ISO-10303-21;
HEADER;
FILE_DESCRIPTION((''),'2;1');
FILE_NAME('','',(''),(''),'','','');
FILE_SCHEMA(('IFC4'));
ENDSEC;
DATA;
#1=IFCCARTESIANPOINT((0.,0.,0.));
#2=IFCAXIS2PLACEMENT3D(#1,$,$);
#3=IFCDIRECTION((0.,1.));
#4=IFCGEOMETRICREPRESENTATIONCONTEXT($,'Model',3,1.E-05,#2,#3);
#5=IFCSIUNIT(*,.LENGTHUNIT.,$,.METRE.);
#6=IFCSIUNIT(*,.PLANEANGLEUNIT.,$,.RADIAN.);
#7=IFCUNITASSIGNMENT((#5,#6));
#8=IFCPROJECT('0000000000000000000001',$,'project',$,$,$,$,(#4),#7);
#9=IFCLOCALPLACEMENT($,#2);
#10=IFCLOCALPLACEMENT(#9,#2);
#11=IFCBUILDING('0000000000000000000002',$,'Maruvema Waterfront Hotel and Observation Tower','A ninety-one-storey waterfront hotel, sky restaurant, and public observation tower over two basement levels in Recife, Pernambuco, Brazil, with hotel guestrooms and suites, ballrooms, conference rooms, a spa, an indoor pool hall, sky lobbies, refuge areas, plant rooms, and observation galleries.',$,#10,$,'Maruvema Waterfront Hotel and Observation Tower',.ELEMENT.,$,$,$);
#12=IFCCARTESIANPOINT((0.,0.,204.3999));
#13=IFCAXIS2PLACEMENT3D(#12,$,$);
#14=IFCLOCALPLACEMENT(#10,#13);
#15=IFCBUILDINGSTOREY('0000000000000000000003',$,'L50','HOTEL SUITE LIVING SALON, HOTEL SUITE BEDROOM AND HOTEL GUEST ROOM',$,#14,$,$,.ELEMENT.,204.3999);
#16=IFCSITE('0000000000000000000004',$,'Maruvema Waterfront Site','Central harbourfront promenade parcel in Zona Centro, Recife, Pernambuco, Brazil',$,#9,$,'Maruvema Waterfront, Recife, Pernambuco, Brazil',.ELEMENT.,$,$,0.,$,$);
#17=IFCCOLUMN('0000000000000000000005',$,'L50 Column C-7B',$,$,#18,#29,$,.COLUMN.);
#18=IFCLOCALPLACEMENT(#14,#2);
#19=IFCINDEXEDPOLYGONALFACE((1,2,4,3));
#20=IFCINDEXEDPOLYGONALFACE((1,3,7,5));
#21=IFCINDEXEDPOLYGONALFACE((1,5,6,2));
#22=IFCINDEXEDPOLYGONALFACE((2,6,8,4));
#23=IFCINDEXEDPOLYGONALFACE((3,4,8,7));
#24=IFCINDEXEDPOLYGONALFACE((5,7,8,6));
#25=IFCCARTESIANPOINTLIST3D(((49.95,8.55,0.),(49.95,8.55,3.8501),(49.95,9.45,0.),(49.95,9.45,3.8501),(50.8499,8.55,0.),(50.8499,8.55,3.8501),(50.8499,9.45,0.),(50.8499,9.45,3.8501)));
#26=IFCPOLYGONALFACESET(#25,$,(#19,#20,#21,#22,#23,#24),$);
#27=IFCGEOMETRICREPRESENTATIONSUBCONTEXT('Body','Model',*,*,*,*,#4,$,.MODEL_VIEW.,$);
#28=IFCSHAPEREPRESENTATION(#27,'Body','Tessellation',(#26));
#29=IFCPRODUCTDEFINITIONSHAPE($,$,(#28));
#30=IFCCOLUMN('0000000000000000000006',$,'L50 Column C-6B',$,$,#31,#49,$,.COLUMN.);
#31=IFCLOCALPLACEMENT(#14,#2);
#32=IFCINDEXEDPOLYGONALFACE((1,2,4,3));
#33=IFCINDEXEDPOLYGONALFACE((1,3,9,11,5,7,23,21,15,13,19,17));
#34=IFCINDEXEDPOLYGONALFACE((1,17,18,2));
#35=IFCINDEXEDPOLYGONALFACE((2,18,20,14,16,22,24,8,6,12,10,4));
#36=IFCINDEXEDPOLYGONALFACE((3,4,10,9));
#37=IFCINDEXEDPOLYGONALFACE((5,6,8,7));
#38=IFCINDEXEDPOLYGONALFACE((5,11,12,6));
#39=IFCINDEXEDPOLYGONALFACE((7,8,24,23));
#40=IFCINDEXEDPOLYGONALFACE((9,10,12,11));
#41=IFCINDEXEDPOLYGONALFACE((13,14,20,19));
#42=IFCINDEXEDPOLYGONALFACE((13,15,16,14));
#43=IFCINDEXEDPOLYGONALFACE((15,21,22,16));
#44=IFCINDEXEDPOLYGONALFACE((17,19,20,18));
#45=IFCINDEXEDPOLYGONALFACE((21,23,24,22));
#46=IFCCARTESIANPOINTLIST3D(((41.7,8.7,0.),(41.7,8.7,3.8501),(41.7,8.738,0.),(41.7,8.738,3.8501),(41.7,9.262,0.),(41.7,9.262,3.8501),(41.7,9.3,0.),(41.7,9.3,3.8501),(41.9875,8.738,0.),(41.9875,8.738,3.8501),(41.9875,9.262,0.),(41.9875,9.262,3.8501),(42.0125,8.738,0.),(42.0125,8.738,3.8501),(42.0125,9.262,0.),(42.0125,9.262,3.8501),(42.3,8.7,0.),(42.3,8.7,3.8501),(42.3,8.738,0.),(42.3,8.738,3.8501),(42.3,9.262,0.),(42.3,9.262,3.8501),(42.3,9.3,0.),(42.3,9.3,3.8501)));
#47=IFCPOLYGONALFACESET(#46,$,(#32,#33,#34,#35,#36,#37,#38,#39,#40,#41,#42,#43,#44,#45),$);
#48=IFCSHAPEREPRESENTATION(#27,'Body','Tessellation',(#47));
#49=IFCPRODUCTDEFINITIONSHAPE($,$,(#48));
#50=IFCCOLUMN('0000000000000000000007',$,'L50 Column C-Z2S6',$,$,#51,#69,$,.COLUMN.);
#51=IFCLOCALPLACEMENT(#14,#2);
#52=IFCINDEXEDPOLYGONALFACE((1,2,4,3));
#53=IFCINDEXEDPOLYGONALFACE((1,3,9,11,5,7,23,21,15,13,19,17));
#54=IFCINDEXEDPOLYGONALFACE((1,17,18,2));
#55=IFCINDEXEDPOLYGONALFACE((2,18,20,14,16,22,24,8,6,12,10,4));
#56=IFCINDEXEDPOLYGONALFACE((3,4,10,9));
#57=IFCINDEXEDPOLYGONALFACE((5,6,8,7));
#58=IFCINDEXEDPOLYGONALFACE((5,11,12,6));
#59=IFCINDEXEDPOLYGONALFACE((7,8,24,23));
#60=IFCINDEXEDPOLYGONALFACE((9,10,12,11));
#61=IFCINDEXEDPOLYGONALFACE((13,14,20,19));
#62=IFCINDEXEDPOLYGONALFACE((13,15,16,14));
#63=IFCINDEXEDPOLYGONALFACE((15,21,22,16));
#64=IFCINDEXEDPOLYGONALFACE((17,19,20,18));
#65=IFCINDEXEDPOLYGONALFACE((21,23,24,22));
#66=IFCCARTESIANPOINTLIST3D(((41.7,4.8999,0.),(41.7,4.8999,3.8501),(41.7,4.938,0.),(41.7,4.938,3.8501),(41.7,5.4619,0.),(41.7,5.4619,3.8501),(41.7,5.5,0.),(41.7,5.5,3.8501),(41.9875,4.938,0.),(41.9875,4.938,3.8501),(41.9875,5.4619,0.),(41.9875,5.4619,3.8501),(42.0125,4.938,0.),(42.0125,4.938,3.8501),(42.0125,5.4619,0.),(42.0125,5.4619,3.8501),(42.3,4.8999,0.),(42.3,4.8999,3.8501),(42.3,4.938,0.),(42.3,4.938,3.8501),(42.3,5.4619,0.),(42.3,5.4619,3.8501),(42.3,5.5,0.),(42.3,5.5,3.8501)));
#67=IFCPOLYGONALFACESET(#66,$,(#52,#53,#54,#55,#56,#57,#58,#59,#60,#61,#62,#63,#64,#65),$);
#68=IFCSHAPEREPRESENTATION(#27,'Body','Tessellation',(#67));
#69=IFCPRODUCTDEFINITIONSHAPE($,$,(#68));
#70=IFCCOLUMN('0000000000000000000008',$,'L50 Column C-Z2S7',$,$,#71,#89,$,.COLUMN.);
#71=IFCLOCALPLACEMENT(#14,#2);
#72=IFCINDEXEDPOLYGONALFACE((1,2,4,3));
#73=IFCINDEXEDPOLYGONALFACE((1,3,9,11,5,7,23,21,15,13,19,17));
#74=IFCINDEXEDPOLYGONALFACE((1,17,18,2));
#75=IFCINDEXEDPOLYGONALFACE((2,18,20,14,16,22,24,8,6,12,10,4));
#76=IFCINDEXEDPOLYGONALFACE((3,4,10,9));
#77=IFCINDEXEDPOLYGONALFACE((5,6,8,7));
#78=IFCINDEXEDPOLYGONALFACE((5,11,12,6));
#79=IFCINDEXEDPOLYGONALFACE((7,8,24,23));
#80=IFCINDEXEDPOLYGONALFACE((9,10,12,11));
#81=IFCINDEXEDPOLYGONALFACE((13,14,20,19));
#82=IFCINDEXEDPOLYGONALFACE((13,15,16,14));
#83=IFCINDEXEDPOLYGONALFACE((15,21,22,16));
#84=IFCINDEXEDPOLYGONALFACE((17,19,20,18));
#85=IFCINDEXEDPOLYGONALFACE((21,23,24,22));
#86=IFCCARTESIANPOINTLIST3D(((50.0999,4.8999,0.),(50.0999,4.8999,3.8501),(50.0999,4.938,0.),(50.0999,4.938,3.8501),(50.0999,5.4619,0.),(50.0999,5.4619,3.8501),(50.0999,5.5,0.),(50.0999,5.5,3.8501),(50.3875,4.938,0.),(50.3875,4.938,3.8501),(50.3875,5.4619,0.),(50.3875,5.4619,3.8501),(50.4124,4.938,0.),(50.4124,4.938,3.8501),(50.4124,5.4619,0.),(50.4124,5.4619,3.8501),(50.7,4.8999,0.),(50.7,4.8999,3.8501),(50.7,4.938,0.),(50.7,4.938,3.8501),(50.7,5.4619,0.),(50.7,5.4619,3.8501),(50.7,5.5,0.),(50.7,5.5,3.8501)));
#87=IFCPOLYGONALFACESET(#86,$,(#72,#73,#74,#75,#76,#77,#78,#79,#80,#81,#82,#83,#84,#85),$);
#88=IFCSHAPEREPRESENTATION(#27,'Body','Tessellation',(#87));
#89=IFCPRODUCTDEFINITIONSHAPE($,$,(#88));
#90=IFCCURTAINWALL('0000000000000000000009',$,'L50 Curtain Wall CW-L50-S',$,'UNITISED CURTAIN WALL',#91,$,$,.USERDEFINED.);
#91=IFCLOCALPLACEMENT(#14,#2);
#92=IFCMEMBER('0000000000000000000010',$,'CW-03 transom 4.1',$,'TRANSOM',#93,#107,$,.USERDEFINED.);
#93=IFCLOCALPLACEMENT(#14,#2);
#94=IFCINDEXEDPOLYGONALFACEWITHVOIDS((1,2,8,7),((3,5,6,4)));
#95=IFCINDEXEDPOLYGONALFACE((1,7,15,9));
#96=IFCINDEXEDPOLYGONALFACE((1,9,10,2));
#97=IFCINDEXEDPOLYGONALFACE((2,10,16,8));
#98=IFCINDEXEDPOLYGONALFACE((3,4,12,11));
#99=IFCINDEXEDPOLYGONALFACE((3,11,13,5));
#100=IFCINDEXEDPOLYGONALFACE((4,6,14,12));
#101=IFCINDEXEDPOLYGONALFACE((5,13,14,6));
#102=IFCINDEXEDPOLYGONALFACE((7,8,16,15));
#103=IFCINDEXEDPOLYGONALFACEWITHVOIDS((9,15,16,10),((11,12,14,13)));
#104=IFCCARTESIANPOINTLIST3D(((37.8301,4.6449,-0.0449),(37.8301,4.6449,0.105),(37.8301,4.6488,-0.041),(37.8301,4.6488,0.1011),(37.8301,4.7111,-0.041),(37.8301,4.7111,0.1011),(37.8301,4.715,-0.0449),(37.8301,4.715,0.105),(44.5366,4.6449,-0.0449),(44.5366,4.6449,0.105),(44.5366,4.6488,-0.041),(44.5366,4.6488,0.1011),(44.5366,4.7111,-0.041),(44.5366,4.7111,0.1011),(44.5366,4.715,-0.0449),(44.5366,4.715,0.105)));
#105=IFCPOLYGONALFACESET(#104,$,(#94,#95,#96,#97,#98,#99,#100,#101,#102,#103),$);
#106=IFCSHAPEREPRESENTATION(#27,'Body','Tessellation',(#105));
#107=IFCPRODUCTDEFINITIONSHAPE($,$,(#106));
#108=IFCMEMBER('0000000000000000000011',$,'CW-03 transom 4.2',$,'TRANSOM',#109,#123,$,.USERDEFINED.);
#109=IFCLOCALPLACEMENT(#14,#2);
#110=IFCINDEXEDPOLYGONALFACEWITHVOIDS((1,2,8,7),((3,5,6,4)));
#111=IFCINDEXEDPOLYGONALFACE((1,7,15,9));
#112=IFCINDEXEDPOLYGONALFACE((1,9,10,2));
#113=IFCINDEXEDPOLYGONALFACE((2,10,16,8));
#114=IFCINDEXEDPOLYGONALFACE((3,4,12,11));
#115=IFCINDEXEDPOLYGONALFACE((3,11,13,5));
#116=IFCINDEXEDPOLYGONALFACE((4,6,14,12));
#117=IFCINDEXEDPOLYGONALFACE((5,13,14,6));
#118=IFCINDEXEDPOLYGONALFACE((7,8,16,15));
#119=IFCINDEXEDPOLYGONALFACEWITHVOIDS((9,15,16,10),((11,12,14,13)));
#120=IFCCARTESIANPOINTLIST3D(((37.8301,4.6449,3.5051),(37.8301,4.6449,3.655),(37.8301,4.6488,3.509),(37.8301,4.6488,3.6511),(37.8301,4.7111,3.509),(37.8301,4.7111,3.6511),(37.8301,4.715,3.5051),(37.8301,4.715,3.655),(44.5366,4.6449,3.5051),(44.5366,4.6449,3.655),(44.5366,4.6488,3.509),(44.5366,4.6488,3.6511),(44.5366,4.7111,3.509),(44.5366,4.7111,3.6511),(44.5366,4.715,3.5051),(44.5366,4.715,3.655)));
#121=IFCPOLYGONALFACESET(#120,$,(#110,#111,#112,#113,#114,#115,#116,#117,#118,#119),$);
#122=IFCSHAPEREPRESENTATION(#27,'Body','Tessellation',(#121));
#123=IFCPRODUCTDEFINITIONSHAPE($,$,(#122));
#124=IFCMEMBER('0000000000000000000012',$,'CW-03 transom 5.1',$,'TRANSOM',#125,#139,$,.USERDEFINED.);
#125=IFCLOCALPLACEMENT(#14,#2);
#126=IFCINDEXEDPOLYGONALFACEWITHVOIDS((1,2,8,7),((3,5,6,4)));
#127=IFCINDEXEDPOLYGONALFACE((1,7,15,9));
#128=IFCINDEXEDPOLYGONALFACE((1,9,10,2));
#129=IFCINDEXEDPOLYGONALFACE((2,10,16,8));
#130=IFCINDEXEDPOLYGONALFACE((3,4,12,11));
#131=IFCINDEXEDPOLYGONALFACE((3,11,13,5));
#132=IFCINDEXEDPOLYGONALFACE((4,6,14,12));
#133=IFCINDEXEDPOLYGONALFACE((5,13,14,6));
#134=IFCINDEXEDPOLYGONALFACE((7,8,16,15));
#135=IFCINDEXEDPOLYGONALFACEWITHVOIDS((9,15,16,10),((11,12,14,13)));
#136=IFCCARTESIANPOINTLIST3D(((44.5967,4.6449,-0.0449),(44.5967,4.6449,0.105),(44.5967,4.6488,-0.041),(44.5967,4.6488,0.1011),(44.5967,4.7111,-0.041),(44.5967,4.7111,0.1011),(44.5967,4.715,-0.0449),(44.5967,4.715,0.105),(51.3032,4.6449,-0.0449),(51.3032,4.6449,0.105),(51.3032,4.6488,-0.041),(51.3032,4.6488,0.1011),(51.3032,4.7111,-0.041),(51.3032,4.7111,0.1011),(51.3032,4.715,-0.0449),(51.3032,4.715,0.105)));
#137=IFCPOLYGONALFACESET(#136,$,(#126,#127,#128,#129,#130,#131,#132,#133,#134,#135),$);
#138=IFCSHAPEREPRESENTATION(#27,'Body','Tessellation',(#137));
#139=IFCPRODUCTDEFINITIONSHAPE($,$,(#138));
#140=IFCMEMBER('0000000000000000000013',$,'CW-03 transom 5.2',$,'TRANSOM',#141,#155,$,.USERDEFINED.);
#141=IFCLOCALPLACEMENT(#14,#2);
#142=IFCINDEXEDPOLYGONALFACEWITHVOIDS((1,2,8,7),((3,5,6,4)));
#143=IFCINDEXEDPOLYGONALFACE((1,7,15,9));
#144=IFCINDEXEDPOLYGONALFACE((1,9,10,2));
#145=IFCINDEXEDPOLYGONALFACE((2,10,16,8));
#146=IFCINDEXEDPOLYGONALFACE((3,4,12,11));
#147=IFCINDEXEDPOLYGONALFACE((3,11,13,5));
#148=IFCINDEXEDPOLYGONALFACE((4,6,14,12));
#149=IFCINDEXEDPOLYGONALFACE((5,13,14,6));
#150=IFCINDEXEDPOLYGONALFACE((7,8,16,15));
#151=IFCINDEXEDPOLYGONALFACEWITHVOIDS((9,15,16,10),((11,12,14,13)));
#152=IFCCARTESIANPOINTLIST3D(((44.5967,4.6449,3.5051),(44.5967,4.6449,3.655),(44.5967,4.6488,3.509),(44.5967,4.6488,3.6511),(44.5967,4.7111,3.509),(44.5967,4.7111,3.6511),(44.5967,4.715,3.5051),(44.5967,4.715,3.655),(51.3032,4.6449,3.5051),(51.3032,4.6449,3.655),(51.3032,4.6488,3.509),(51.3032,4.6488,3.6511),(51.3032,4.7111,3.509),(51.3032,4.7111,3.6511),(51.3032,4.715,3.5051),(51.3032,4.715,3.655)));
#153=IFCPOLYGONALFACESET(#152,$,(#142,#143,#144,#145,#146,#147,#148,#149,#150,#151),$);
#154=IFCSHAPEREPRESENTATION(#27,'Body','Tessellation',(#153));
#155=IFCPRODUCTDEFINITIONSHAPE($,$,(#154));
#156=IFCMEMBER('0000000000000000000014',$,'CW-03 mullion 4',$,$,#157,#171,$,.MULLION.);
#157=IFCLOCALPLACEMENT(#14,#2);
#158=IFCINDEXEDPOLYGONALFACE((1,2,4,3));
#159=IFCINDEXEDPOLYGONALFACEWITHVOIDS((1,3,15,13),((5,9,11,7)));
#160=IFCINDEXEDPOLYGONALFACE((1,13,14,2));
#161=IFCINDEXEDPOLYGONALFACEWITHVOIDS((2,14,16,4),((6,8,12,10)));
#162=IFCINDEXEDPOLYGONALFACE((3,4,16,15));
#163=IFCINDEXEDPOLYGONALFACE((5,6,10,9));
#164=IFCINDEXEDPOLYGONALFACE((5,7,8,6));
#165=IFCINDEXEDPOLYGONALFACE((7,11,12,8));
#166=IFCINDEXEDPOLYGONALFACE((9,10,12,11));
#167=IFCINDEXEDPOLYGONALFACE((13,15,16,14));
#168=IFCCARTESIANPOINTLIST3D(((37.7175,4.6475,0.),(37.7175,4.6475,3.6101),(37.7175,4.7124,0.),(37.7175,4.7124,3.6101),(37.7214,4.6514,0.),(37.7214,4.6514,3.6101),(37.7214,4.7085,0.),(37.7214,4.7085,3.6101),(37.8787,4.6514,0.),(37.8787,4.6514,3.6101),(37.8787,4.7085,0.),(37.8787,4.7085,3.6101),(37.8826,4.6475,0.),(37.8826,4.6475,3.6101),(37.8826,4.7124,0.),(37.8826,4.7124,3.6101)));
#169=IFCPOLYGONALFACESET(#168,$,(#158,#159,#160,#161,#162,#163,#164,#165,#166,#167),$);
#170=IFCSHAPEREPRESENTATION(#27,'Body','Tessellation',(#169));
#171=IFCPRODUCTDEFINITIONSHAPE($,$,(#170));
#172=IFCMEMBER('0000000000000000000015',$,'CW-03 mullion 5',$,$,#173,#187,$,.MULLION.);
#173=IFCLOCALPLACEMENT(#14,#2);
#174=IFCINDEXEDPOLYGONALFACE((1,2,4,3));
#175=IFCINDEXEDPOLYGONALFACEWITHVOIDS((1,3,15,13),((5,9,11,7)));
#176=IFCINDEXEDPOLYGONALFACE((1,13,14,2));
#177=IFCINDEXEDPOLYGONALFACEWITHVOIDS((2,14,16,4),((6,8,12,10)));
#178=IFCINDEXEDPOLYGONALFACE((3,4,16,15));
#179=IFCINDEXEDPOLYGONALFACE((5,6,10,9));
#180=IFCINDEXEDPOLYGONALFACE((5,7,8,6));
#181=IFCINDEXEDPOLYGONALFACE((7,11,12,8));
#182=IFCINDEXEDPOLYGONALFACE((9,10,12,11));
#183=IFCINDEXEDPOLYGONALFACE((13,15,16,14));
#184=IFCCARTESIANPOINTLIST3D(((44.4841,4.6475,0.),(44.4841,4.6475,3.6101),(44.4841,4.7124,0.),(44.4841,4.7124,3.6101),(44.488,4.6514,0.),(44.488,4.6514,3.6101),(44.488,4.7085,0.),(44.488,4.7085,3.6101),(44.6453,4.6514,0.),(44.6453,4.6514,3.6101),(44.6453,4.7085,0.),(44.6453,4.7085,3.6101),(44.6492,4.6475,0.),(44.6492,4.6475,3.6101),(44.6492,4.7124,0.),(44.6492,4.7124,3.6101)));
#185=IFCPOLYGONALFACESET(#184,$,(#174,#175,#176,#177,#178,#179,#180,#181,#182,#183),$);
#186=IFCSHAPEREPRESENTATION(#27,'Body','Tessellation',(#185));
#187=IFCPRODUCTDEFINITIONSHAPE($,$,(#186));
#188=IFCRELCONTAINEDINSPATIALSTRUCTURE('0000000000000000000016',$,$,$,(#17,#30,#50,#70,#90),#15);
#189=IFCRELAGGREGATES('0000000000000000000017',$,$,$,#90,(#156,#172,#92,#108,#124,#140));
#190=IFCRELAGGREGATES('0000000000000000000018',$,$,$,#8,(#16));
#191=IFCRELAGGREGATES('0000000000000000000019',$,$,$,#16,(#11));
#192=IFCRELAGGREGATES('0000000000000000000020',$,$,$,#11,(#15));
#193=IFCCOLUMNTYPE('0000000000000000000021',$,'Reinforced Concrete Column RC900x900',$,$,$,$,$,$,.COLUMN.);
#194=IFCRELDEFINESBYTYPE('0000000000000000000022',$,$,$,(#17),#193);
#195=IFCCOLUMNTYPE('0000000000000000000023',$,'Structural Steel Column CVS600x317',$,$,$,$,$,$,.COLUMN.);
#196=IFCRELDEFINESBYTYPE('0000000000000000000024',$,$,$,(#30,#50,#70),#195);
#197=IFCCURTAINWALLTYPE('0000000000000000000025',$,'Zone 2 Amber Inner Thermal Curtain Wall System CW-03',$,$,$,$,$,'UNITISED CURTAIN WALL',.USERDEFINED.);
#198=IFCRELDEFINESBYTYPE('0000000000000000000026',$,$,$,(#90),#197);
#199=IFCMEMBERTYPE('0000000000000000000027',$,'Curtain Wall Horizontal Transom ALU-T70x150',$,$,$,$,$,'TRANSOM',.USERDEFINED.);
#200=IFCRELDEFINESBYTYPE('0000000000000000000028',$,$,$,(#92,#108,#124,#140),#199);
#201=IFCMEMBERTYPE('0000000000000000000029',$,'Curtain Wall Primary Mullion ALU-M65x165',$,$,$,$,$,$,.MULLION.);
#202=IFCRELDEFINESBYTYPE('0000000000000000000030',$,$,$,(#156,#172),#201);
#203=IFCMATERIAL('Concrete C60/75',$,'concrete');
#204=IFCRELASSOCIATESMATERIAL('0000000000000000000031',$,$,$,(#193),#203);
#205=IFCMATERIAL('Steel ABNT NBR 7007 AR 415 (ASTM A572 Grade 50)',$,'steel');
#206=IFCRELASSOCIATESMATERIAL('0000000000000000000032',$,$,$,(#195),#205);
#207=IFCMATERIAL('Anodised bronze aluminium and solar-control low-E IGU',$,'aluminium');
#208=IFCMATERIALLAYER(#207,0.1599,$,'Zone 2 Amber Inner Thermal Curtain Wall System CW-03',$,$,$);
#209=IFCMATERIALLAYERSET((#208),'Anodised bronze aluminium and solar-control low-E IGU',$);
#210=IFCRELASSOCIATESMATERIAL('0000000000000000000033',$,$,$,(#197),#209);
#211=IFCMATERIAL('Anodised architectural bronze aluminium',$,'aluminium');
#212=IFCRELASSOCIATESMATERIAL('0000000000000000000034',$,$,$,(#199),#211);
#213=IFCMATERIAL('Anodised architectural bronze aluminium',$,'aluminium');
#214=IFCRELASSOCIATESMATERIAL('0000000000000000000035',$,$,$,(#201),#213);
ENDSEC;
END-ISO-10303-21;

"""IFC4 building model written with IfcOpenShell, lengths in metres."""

from ifc_helpers import new_model, si_unit, direction, frame, origin, origin_2d, place, context, subcontext, project, spatial, rectangle, hollow_rectangle, i_section, extrude, material, layer, layer_set, material_profile, profile_set, type_object, element, aggregate, save


model = new_model("IFC4")

# Units and contexts
model_context = context("Model", 3, precision=1e-05, world=origin(), true_north=direction((0.0, 1.0)))
body_context = subcontext(model_context, "Body", "Model", "MODEL_VIEW")
ifc_project = project(units=[si_unit("LENGTHUNIT", "METRE"), si_unit("PLANEANGLEUNIT", "RADIAN")], contexts=[model_context])

# Site, building, storey
site_placement = place(None, origin())
site = spatial("IfcSite", under=ifc_project, at=site_placement, Name="Maruvema Waterfront Site", Description="Central harbourfront promenade parcel in Zona Centro, Recife, Pernambuco, Brazil", LongName="Maruvema Waterfront, Recife, Pernambuco, Brazil", CompositionType="ELEMENT", RefElevation=0.0)
building_placement = place(site_placement, origin())
building = spatial("IfcBuilding", under=site, at=building_placement, Name="Maruvema Waterfront Hotel and Observation Tower", Description="A ninety-one-storey waterfront hotel, sky restaurant, and public observation tower over two basement levels in Recife, Pernambuco, Brazil, with hotel guestrooms and suites, ballrooms, conference rooms, a spa, an indoor pool hall, sky lobbies, refuge areas, plant rooms, and observation galleries.", LongName="Maruvema Waterfront Hotel and Observation Tower", CompositionType="ELEMENT")
storey_placement = place(building_placement, frame((0.0, 0.0, 204.3999)))
storey = spatial("IfcBuildingStorey", under=building, at=storey_placement, Name="L50", Description="HOTEL SUITE LIVING SALON, HOTEL SUITE BEDROOM AND HOTEL GUEST ROOM", CompositionType="ELEMENT", Elevation=204.3999)

# Columns
ifc_material_1 = material(Name="Concrete C60/75", Category="concrete")
ifc_material_profile_1 = material_profile(ifc_material_1, rectangle(XDim=0.8999, YDim=0.8999, at=origin_2d()), Name="RC900x900")
ifc_profile_set_1 = profile_set([ifc_material_profile_1], Name="Concrete C60/75")
column_type_1 = type_object("IfcColumnType", Name="Reinforced Concrete Column RC900x900", PredefinedType="COLUMN", material=ifc_profile_set_1)
column_placement = place(storey_placement, frame((50.3999, 9.0, 0.0), z_axis=(0.0, 0.0, 1.0), x_axis=(1.0, 0.0, 0.0)))
element("IfcColumn", 1, at=column_placement, inside=storey, type_object=column_type_1, Name="L50 Column C-7B", PredefinedType="COLUMN", context=body_context, shape_type="SweptSolid", body=[
    extrude(rectangle(XDim=0.8999, YDim=0.8999, at=origin_2d()), origin(), (0.0, 0.0, 1.0), 3.8501),
])
ifc_material_2 = material(Name="Steel ABNT NBR 7007 AR 415 (ASTM A572 Grade 50)", Category="steel")
ifc_material_profile_2 = material_profile(ifc_material_2, i_section(OverallWidth=0.6001, OverallDepth=0.6001, WebThickness=0.0249, FlangeThickness=0.0381, at=origin_2d()), Name="CVS600x317")
ifc_profile_set_2 = profile_set([ifc_material_profile_2], Name="Steel ABNT NBR 7007 AR 415 (ASTM A572 Grade 50)")
column_type_2 = type_object("IfcColumnType", Name="Structural Steel Column CVS600x317", PredefinedType="COLUMN", material=ifc_profile_set_2)
for number, where, z_axis, x_axis, name in (
    (2, (42.0, 9.0, 0.0), (0.0, 0.0, 1.0), (1.0, 0.0, 0.0), "L50 Column C-6B"),
    (3, (42.0, 5.2, 0.0), (0.0, 0.0, 1.0), (1.0, 0.0, 0.0), "L50 Column C-Z2S6"),
    (4, (50.3999, 5.2, 0.0), (0.0, 0.0, 1.0), (1.0, 0.0, 0.0), "L50 Column C-Z2S7"),
):
    element("IfcColumn", number, at=place(storey_placement, frame(where, z_axis=z_axis, x_axis=x_axis)), inside=storey, type_object=column_type_2, Name=name, PredefinedType="COLUMN", context=body_context, shape_type="SweptSolid", body=[
        extrude(i_section(OverallWidth=0.6001, OverallDepth=0.6001, WebThickness=0.0249, FlangeThickness=0.0381, at=origin_2d()), origin(), (0.0, 0.0, 1.0), 3.8501),
    ])

# Curtain wall, members
ifc_material_3 = material(Name="Anodised bronze aluminium and solar-control low-E IGU", Category="aluminium")
ifc_layer_1 = layer(ifc_material_3, 0.1599, Name="Zone 2 Amber Inner Thermal Curtain Wall System CW-03")
ifc_layer_set_1 = layer_set([ifc_layer_1], Name="Anodised bronze aluminium and solar-control low-E IGU")
curtain_wall_type = type_object("IfcCurtainWallType", Name="Zone 2 Amber Inner Thermal Curtain Wall System CW-03", ElementType="UNITISED CURTAIN WALL", PredefinedType="USERDEFINED", material=ifc_layer_set_1)
curtain_wall_placement = place(storey_placement, origin())
curtain_wall = element("IfcCurtainWall", 5, at=curtain_wall_placement, inside=storey, type_object=curtain_wall_type, Name="L50 Curtain Wall CW-L50-S", ObjectType="UNITISED CURTAIN WALL", PredefinedType="USERDEFINED")
ifc_material_4 = material(Name="Anodised architectural bronze aluminium", Category="aluminium")
ifc_material_profile_3 = material_profile(ifc_material_4, hollow_rectangle(XDim=0.0701, YDim=0.1499, WallThickness=0.0039, at=origin_2d()), Name="ALU-T70x150")
ifc_profile_set_3 = profile_set([ifc_material_profile_3], Name="Anodised architectural bronze aluminium")
member_type_1 = type_object("IfcMemberType", Name="Curtain Wall Horizontal Transom ALU-T70x150", ElementType="TRANSOM", PredefinedType="USERDEFINED", material=ifc_profile_set_3)
member_1_placement = place(storey_placement, frame((37.8301, 4.6799, 0.03), z_axis=(1.0, 0.0, 0.0), x_axis=(0.0, 1.0, 0.0)))
member_1 = element("IfcMember", 6, at=member_1_placement, type_object=member_type_1, Name="CW-03 transom 4.1", ObjectType="TRANSOM", PredefinedType="USERDEFINED", context=body_context, shape_type="SweptSolid", body=[
    extrude(hollow_rectangle(XDim=0.0701, YDim=0.1499, WallThickness=0.0039, at=origin_2d()), origin(), (0.0, 0.0, 1.0), 6.7065),
])
member_2_placement = place(storey_placement, frame((37.8301, 4.6799, 3.5801), z_axis=(1.0, 0.0, 0.0), x_axis=(0.0, 1.0, 0.0)))
member_2 = element("IfcMember", 7, at=member_2_placement, type_object=member_type_1, Name="CW-03 transom 4.2", ObjectType="TRANSOM", PredefinedType="USERDEFINED", context=body_context, shape_type="SweptSolid", body=[
    extrude(hollow_rectangle(XDim=0.0701, YDim=0.1499, WallThickness=0.0039, at=origin_2d()), origin(), (0.0, 0.0, 1.0), 6.7065),
])
member_3_placement = place(storey_placement, frame((44.5967, 4.6799, 0.03), z_axis=(1.0, 0.0, 0.0), x_axis=(0.0, 1.0, 0.0)))
member_3 = element("IfcMember", 8, at=member_3_placement, type_object=member_type_1, Name="CW-03 transom 5.1", ObjectType="TRANSOM", PredefinedType="USERDEFINED", context=body_context, shape_type="SweptSolid", body=[
    extrude(hollow_rectangle(XDim=0.0701, YDim=0.1499, WallThickness=0.0039, at=origin_2d()), origin(), (0.0, 0.0, 1.0), 6.7065),
])
member_4_placement = place(storey_placement, frame((44.5967, 4.6799, 3.5801), z_axis=(1.0, 0.0, 0.0), x_axis=(0.0, 1.0, 0.0)))
member_4 = element("IfcMember", 9, at=member_4_placement, type_object=member_type_1, Name="CW-03 transom 5.2", ObjectType="TRANSOM", PredefinedType="USERDEFINED", context=body_context, shape_type="SweptSolid", body=[
    extrude(hollow_rectangle(XDim=0.0701, YDim=0.1499, WallThickness=0.0039, at=origin_2d()), origin(), (0.0, 0.0, 1.0), 6.7065),
])
ifc_material_5 = material(Name="Anodised architectural bronze aluminium", Category="aluminium")
ifc_material_profile_4 = material_profile(ifc_material_5, hollow_rectangle(XDim=0.0649, YDim=0.165, WallThickness=0.0039, at=origin_2d()), Name="ALU-M65x165")
ifc_profile_set_4 = profile_set([ifc_material_profile_4], Name="Anodised architectural bronze aluminium")
member_type_2 = type_object("IfcMemberType", Name="Curtain Wall Primary Mullion ALU-M65x165", PredefinedType="MULLION", material=ifc_profile_set_4)
member_5_placement = place(storey_placement, frame((37.8, 4.6799, 0.0), z_axis=(0.0, 0.0, 1.0), x_axis=(0.0, 1.0, 0.0)))
member_5 = element("IfcMember", 10, at=member_5_placement, type_object=member_type_2, Name="CW-03 mullion 4", PredefinedType="MULLION", context=body_context, shape_type="SweptSolid", body=[
    extrude(hollow_rectangle(XDim=0.0649, YDim=0.165, WallThickness=0.0039, at=origin_2d()), origin(), (0.0, 0.0, 1.0), 3.6101),
])
member_6_placement = place(storey_placement, frame((44.5667, 4.6799, 0.0), z_axis=(0.0, 0.0, 1.0), x_axis=(0.0, 1.0, 0.0)))
member_6 = element("IfcMember", 11, at=member_6_placement, type_object=member_type_2, Name="CW-03 mullion 5", PredefinedType="MULLION", context=body_context, shape_type="SweptSolid", body=[
    extrude(hollow_rectangle(XDim=0.0649, YDim=0.165, WallThickness=0.0039, at=origin_2d()), origin(), (0.0, 0.0, 1.0), 3.6101),
])

aggregate(curtain_wall, [member_5, member_6, member_1, member_2, member_3, member_4])

save(model, "model.ifc")
